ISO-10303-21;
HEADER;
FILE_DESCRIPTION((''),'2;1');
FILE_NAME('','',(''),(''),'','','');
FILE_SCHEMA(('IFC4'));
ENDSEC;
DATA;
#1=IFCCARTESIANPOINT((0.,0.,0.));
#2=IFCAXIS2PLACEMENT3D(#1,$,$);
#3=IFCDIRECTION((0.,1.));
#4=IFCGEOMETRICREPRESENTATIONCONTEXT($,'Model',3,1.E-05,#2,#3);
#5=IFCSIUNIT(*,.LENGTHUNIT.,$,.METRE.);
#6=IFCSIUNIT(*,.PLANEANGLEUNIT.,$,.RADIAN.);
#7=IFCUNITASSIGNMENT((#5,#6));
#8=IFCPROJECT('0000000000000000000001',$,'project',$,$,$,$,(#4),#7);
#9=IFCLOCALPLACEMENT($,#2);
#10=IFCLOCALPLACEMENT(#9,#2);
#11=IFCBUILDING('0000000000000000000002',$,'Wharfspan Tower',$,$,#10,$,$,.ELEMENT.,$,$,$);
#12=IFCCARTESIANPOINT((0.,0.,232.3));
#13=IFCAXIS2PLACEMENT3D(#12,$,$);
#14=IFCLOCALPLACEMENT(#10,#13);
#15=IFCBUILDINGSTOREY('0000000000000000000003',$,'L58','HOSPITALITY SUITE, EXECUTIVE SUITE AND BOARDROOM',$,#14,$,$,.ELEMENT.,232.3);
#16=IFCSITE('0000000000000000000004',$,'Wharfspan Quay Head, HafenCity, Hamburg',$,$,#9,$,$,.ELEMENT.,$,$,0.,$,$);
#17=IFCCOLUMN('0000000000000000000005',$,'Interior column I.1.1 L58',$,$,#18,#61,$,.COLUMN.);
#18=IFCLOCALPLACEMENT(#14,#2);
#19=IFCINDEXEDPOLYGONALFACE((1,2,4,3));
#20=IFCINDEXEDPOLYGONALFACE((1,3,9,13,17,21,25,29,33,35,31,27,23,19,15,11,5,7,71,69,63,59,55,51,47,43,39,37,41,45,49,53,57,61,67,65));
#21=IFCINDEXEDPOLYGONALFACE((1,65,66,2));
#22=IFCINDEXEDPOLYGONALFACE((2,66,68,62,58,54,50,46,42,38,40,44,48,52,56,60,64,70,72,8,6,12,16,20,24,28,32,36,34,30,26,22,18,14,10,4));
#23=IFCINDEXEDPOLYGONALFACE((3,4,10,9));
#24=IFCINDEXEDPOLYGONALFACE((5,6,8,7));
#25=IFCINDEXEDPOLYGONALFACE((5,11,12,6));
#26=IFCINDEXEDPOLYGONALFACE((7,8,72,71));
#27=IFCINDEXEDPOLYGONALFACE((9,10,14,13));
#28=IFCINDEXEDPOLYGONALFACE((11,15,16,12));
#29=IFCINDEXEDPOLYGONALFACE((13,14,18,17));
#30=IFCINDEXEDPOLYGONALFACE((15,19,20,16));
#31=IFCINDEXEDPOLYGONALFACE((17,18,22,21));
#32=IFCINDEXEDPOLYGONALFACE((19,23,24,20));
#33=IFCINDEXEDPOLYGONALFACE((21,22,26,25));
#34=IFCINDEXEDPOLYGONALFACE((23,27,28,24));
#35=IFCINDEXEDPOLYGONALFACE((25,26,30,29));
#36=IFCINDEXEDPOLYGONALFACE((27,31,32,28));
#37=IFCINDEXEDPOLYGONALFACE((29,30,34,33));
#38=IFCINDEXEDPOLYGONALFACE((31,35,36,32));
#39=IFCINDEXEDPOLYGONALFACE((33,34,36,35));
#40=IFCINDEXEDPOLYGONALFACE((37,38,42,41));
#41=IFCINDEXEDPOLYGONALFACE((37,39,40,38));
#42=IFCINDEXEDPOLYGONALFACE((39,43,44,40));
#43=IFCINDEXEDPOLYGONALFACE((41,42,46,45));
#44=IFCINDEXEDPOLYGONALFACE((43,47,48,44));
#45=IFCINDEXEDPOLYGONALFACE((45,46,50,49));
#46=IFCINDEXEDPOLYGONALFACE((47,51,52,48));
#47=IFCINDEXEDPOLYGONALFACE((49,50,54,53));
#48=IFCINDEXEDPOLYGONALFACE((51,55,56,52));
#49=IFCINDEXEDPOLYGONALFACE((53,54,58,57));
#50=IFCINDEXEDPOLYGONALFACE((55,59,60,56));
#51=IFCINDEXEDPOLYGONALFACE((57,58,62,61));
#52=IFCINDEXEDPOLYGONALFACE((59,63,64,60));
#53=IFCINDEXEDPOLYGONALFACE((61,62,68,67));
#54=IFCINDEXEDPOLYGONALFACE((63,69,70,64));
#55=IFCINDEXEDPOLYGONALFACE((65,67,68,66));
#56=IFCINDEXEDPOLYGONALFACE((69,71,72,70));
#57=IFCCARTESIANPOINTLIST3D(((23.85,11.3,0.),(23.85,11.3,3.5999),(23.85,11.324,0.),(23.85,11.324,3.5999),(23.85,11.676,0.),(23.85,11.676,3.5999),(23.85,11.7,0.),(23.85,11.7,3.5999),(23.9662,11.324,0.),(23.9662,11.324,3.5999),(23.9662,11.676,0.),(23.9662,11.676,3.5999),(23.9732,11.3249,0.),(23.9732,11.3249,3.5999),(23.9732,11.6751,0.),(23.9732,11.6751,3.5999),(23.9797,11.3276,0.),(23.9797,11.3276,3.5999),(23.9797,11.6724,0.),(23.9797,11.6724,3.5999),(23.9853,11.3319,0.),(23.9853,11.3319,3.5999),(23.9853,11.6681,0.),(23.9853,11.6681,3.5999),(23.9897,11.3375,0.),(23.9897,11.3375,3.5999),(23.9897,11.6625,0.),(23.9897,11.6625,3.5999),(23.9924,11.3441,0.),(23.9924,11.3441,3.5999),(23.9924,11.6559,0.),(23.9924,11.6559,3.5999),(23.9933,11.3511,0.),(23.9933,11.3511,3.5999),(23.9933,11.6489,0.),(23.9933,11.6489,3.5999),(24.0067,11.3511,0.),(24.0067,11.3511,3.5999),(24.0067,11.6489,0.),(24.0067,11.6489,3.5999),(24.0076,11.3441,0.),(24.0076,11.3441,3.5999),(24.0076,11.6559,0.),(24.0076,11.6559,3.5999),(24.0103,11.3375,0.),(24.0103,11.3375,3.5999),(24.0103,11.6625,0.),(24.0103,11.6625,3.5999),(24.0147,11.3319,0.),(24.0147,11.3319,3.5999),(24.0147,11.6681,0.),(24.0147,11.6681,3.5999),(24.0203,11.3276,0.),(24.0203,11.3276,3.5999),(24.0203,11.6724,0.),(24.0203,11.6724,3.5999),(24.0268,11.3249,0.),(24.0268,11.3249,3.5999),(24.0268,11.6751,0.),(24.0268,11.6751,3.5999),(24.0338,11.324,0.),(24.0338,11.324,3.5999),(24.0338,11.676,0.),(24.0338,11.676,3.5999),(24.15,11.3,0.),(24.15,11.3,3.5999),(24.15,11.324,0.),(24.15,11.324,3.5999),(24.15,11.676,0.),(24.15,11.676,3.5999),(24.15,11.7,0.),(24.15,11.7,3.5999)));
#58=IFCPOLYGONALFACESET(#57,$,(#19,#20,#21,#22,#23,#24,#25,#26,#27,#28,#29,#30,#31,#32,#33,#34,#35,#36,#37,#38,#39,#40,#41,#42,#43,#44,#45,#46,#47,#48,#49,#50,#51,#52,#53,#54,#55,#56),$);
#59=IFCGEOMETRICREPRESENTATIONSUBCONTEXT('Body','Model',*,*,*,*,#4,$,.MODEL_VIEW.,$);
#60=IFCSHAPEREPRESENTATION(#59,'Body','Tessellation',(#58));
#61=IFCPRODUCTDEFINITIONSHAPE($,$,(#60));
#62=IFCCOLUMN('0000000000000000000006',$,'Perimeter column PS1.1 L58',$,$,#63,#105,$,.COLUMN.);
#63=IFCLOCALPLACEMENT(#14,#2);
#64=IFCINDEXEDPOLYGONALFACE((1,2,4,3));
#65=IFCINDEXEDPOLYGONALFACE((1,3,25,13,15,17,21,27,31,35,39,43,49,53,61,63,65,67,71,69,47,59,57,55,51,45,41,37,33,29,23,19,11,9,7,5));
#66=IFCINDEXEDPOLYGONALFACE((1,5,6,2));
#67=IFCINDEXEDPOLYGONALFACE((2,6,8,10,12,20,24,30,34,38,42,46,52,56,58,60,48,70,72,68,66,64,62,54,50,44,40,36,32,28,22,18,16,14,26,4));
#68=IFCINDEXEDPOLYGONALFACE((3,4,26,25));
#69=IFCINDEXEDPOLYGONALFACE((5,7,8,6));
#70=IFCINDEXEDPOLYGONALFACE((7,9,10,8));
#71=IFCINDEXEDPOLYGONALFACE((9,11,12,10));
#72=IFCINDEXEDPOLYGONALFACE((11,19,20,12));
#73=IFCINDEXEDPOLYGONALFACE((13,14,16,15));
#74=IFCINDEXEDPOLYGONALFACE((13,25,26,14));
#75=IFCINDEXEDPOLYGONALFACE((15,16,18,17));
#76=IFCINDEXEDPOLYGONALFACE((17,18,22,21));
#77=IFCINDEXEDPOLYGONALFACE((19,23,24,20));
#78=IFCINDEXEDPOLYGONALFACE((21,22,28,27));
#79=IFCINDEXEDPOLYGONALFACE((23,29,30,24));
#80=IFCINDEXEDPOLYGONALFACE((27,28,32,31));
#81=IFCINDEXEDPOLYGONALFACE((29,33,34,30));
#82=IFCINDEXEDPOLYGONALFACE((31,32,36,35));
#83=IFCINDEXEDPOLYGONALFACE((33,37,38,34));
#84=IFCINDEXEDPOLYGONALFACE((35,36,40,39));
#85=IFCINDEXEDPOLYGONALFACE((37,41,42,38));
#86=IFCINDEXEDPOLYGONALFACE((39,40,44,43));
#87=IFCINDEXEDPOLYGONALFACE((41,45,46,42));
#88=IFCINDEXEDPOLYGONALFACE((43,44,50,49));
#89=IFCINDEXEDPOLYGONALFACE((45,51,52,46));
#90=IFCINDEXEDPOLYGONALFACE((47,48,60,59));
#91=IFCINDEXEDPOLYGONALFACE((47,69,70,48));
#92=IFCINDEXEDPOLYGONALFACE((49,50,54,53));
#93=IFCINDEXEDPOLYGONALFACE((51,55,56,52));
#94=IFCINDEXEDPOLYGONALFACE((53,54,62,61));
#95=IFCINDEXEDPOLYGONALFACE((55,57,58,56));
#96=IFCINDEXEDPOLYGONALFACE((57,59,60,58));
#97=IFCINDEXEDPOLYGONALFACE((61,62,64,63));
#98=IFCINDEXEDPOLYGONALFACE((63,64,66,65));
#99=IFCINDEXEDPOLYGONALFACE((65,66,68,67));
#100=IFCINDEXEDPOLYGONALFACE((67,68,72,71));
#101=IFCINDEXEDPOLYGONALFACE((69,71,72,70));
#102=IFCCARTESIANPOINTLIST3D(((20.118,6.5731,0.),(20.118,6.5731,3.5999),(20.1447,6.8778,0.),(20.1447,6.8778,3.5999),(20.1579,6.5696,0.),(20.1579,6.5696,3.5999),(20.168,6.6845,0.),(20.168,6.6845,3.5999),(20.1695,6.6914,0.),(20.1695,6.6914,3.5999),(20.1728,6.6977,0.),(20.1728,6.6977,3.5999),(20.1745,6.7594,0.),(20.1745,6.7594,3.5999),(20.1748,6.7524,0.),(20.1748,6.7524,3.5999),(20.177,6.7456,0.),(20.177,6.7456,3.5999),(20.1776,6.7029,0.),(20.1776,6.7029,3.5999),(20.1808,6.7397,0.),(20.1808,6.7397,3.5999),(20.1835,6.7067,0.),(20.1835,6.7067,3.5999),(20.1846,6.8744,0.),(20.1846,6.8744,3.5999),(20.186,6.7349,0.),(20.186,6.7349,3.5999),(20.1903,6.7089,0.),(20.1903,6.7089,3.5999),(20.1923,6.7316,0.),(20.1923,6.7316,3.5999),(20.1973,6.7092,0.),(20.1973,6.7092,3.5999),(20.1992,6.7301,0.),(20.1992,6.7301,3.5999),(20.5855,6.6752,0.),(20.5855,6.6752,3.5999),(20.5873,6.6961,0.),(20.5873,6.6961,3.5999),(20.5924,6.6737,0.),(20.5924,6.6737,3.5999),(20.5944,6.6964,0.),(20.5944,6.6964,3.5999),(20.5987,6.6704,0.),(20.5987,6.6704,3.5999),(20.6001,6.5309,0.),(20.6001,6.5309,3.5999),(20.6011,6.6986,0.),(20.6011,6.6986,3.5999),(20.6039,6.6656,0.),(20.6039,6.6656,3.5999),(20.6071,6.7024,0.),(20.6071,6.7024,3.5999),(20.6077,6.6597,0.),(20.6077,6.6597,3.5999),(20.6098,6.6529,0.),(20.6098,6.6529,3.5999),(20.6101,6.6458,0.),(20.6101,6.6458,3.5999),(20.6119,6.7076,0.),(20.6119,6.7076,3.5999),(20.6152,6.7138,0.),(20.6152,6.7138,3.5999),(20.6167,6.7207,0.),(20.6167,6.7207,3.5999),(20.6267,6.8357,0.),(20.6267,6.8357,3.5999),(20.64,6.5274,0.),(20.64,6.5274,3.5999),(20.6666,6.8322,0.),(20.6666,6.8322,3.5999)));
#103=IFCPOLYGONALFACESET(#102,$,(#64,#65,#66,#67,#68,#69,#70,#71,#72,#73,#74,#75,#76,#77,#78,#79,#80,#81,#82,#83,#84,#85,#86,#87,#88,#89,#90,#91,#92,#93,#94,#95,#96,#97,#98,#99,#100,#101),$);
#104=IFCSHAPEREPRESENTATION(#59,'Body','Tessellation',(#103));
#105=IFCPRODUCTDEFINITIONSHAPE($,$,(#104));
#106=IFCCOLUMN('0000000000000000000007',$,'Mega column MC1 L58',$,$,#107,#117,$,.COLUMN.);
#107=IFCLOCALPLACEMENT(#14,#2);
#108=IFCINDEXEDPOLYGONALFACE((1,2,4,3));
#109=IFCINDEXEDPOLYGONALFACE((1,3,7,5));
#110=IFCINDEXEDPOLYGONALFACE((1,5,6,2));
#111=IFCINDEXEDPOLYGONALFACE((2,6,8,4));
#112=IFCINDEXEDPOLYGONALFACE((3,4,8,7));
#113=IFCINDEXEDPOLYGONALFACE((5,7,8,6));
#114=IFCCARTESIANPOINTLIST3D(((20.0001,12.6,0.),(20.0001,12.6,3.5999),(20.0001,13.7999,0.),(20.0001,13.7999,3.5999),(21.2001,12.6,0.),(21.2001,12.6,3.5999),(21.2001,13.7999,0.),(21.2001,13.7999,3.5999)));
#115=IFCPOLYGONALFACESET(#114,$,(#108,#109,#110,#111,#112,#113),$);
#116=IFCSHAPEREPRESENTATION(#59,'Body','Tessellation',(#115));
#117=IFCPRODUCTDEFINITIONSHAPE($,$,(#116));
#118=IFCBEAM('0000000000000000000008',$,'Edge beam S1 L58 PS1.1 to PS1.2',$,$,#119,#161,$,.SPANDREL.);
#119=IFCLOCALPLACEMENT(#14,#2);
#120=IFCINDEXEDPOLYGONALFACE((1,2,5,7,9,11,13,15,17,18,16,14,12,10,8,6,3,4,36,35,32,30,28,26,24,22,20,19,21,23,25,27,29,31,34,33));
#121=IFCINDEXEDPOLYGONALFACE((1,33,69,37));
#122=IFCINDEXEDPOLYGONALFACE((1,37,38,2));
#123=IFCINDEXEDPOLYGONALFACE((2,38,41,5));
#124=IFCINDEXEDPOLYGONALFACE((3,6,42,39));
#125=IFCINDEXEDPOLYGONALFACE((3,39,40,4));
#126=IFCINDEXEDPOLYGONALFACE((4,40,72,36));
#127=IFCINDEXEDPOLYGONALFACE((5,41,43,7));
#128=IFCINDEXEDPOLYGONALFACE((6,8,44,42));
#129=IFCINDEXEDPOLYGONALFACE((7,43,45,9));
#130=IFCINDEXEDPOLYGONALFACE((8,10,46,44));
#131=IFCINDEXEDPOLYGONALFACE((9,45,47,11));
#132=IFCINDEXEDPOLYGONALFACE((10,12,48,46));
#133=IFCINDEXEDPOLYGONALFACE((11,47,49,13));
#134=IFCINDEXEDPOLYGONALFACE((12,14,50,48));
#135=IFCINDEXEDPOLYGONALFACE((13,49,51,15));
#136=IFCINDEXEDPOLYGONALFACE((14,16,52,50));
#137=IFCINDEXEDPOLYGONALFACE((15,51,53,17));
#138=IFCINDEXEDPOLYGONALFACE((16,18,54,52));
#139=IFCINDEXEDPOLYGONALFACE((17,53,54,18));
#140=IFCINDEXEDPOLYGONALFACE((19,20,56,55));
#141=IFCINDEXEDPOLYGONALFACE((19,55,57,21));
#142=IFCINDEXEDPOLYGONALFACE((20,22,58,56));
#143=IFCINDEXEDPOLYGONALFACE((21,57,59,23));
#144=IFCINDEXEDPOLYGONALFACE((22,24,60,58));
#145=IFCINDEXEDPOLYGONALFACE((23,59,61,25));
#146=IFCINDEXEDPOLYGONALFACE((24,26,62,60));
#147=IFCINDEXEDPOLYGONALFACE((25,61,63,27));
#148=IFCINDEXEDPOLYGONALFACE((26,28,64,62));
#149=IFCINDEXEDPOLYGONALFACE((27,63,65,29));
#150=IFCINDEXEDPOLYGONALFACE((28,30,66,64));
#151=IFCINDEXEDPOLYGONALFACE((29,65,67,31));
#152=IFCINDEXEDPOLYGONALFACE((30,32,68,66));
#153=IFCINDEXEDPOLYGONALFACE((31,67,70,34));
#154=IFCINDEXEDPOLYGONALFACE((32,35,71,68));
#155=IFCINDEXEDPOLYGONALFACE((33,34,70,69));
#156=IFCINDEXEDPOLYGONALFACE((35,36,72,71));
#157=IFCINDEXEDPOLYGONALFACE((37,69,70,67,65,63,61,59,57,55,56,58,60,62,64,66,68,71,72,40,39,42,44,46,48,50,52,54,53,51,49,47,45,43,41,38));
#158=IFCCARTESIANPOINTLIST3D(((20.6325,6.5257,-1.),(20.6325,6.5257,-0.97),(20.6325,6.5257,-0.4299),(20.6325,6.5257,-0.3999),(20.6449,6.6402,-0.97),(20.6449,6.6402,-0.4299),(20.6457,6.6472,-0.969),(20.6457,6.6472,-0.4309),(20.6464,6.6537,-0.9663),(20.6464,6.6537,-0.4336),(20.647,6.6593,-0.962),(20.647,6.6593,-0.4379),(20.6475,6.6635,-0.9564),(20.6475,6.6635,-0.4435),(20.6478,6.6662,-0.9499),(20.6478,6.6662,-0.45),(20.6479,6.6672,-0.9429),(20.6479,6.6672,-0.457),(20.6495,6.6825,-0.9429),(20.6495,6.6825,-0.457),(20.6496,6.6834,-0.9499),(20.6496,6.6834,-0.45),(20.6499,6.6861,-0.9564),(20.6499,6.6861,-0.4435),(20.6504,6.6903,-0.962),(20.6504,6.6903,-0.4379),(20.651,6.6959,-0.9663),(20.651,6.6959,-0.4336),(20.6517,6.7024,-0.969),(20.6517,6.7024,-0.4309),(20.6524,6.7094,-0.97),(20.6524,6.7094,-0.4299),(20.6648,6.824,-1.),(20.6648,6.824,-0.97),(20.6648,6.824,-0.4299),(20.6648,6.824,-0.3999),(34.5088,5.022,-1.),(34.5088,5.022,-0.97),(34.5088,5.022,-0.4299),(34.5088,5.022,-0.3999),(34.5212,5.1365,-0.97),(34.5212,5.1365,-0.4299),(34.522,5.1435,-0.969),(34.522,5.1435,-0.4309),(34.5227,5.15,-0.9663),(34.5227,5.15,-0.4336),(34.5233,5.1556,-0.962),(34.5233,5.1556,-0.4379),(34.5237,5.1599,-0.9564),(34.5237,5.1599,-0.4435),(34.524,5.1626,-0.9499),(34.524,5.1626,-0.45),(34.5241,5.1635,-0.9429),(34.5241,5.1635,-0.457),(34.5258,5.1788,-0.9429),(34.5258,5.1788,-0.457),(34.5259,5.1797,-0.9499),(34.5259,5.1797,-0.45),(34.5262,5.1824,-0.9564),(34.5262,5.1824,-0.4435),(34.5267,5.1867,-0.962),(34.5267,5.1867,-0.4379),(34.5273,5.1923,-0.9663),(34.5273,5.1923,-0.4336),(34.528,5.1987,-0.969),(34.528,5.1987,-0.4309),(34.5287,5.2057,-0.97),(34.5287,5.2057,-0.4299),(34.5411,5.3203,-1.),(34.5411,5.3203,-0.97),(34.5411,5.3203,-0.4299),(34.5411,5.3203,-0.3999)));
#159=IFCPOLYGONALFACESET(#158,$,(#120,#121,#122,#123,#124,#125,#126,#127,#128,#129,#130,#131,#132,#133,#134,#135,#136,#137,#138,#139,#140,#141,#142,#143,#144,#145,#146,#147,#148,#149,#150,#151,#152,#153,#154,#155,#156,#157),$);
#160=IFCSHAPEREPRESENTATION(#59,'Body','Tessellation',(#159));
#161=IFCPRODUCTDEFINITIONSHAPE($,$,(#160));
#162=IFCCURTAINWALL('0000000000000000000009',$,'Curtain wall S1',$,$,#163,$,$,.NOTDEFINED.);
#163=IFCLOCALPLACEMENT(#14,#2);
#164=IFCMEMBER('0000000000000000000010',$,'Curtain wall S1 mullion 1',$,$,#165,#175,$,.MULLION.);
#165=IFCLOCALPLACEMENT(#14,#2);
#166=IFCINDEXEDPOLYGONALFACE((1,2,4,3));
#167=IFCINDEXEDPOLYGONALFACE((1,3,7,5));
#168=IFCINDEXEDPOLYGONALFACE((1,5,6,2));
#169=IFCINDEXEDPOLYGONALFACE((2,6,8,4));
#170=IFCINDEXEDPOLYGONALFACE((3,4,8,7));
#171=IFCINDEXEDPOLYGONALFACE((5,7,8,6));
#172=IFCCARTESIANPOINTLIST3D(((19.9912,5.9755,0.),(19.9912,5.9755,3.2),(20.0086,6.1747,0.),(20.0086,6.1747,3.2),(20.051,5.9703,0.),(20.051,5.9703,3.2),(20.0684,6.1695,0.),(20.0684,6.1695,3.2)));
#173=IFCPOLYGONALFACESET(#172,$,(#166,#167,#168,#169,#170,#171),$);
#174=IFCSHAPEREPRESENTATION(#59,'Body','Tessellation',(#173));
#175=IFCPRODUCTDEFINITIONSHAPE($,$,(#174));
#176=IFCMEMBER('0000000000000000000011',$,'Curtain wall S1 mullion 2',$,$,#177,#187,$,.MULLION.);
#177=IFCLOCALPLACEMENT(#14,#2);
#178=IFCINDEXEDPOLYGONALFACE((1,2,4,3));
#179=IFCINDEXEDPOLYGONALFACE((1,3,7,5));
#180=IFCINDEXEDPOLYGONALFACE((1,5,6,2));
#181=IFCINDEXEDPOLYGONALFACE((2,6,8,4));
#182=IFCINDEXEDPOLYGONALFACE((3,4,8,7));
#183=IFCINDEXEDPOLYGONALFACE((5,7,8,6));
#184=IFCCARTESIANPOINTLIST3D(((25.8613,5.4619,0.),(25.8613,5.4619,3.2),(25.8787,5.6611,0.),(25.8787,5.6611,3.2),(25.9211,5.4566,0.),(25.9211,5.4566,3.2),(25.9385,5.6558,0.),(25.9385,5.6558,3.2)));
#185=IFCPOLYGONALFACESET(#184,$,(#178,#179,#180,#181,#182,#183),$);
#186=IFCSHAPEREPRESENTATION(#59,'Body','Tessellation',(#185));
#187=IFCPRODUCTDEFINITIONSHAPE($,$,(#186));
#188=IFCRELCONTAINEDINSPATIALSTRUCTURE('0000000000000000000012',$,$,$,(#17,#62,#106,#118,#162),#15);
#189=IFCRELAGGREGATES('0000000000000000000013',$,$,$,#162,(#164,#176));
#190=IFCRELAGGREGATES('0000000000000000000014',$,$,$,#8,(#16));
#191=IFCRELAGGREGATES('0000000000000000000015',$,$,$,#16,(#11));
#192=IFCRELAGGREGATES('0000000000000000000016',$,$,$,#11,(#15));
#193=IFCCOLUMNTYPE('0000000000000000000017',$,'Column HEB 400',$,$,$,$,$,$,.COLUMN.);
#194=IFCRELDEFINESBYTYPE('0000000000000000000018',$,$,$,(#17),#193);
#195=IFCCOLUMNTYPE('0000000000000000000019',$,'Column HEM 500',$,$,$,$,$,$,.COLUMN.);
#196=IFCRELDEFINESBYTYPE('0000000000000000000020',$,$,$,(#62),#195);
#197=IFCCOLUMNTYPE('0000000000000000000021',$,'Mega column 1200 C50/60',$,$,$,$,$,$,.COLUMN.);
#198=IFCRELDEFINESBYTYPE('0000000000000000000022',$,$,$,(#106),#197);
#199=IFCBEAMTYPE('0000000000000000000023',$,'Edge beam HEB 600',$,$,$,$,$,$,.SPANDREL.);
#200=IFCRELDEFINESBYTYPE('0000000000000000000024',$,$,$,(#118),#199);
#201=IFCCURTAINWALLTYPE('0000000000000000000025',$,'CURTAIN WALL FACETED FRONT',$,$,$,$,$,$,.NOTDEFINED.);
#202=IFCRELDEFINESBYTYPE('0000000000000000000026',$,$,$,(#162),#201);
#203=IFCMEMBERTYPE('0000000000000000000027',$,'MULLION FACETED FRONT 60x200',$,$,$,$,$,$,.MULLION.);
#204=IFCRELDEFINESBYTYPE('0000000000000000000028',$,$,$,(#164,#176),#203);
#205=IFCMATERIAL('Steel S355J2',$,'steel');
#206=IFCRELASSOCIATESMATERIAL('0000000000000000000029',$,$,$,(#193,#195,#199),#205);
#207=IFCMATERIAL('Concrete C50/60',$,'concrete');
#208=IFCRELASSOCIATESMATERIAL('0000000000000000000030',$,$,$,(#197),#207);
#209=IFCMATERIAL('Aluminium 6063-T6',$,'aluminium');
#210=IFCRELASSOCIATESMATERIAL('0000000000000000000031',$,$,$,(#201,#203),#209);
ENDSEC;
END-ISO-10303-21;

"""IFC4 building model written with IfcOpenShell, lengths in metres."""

from ifc_helpers import new_model, si_unit, direction, frame, origin, origin_2d, place, context, subcontext, project, spatial, rectangle, i_section, extrude, material, material_profile, profile_set, type_object, element, aggregate, save


model = new_model("IFC4")

# Units and contexts
model_context = context("Model", 3, precision=1e-05, world=origin(), true_north=direction((0.0, 1.0)))
body_context = subcontext(model_context, "Body", "Model", "MODEL_VIEW")
ifc_project = project(units=[si_unit("LENGTHUNIT", "METRE"), si_unit("PLANEANGLEUNIT", "RADIAN")], contexts=[model_context])

# Site, building, storey
site_placement = place(None, origin())
site = spatial("IfcSite", under=ifc_project, at=site_placement, Name="Wharfspan Quay Head, HafenCity, Hamburg", CompositionType="ELEMENT", RefElevation=0.0)
building_placement = place(site_placement, origin())
building = spatial("IfcBuilding", under=site, at=building_placement, Name="Wharfspan Tower", CompositionType="ELEMENT")
storey_placement = place(building_placement, frame((0.0, 0.0, 232.3)))
storey = spatial("IfcBuildingStorey", under=building, at=storey_placement, Name="L58", Description="HOSPITALITY SUITE, EXECUTIVE SUITE AND BOARDROOM", CompositionType="ELEMENT", Elevation=232.3)

# Columns
ifc_material_1 = material(Name="Steel S355J2", Category="steel")
ifc_material_profile_1 = material_profile(ifc_material_1, i_section(OverallWidth=0.3, OverallDepth=0.3999, WebThickness=0.0134, FlangeThickness=0.0239, FilletRadius=0.0271, at=origin_2d()))
ifc_profile_set_1 = profile_set([ifc_material_profile_1], Name="Steel S355J2")
column_type_1 = type_object("IfcColumnType", Name="Column HEB 400", PredefinedType="COLUMN", material=ifc_profile_set_1)
column_1_placement = place(storey_placement, frame((24.0, 11.5, 0.0), z_axis=(0.0, 0.0, 1.0), x_axis=(1.0, 0.0, 0.0)))
element("IfcColumn", 1, at=column_1_placement, inside=storey, type_object=column_type_1, Name="Interior column I.1.1 L58", PredefinedType="COLUMN", context=body_context, shape_type="SweptSolid", body=[
    extrude(i_section(OverallWidth=0.3, OverallDepth=0.3999, WebThickness=0.0134, FlangeThickness=0.0239, FilletRadius=0.0271, at=origin_2d()), origin(), (0.0, 0.0, 1.0), 3.5999),
])
ifc_material_profile_2 = material_profile(ifc_material_1, i_section(OverallWidth=0.3059, OverallDepth=0.5239, WebThickness=0.021, FlangeThickness=0.04, FilletRadius=0.0271, at=origin_2d()))
ifc_profile_set_2 = profile_set([ifc_material_profile_2], Name="Steel S355J2")
column_type_2 = type_object("IfcColumnType", Name="Column HEM 500", PredefinedType="COLUMN", material=ifc_profile_set_2)
column_2_placement = place(storey_placement, frame((20.3923, 6.7026, 0.0), z_axis=(0.0, 0.0, 1.0), x_axis=(-0.087156, -0.996197, 0.0)))
element("IfcColumn", 2, at=column_2_placement, inside=storey, type_object=column_type_2, Name="Perimeter column PS1.1 L58", PredefinedType="COLUMN", context=body_context, shape_type="SweptSolid", body=[
    extrude(i_section(OverallWidth=0.3059, OverallDepth=0.5239, WebThickness=0.021, FlangeThickness=0.04, FilletRadius=0.0271, at=origin_2d()), origin(), (0.0, 0.0, 1.0), 3.5999),
])
ifc_material_2 = material(Name="Concrete C50/60", Category="concrete")
ifc_material_profile_3 = material_profile(ifc_material_2, rectangle(XDim=1.2, YDim=1.2, at=origin_2d()))
ifc_profile_set_3 = profile_set([ifc_material_profile_3], Name="Concrete C50/60")
column_type_3 = type_object("IfcColumnType", Name="Mega column 1200 C50/60", PredefinedType="COLUMN", material=ifc_profile_set_3)
column_3_placement = place(storey_placement, frame((20.6001, 13.2, 0.0), z_axis=(0.0, 0.0, 1.0), x_axis=(1.0, 0.0, 0.0)))
element("IfcColumn", 3, at=column_3_placement, inside=storey, type_object=column_type_3, Name="Mega column MC1 L58", PredefinedType="COLUMN", context=body_context, shape_type="SweptSolid", body=[
    extrude(rectangle(XDim=1.2, YDim=1.2, at=origin_2d()), origin(), (0.0, 0.0, 1.0), 3.5999),
])

# Beam
ifc_material_profile_4 = material_profile(ifc_material_1, i_section(OverallWidth=0.3, OverallDepth=0.6001, WebThickness=0.0154, FlangeThickness=0.03, FilletRadius=0.0271, at=origin_2d()))
ifc_profile_set_4 = profile_set([ifc_material_profile_4], Name="Steel S355J2")
beam_type = type_object("IfcBeamType", Name="Edge beam HEB 600", PredefinedType="SPANDREL", material=ifc_profile_set_4)
beam_placement = place(storey_placement, frame((20.6487, 6.6748, -0.7), z_axis=(0.99418, -0.107732, 0.0), x_axis=(0.107732, 0.99418, 0.0)))
element("IfcBeam", 4, at=beam_placement, inside=storey, type_object=beam_type, Name="Edge beam S1 L58 PS1.1 to PS1.2", PredefinedType="SPANDREL", context=body_context, shape_type="SweptSolid", body=[
    extrude(i_section(OverallWidth=0.3, OverallDepth=0.6001, WebThickness=0.0154, FlangeThickness=0.03, FilletRadius=0.0271, at=origin_2d()), origin(), (0.0, 0.0, 1.0), 13.9575),
])

# Curtain wall, members
ifc_material_3 = material(Name="Aluminium 6063-T6", Category="aluminium")
curtain_wall_type_1 = type_object("IfcCurtainWallType", Name="CURTAIN WALL FACETED FRONT", PredefinedType="NOTDEFINED", material=ifc_material_3)
curtain_wall_1_placement = place(storey_placement, origin())
curtain_wall_1 = element("IfcCurtainWall", 5, at=curtain_wall_1_placement, inside=storey, type_object=curtain_wall_type_1, Name="Curtain wall S1", PredefinedType="NOTDEFINED")
ifc_material_profile_5 = material_profile(ifc_material_3, rectangle(XDim=0.2, YDim=0.0601, at=origin_2d()))
ifc_profile_set_5 = profile_set([ifc_material_profile_5], Name="Aluminium 6063-T6")
member_type_1 = type_object("IfcMemberType", Name="MULLION FACETED FRONT 60x200", PredefinedType="MULLION", material=ifc_profile_set_5)
member_1_placement = place(storey_placement, frame((20.0298, 6.0725, 0.0), z_axis=(0.0, 0.0, 1.0), x_axis=(0.087156, 0.996197, 0.0)))
member_1 = element("IfcMember", 6, at=member_1_placement, type_object=member_type_1, Name="Curtain wall S1 mullion 1", PredefinedType="MULLION", context=body_context, shape_type="SweptSolid", body=[
    extrude(rectangle(XDim=0.2, YDim=0.0601, at=origin_2d()), origin(), (0.0, 0.0, 1.0), 3.2),
])
member_2_placement = place(storey_placement, frame((25.8999, 5.5588, 0.0), z_axis=(0.0, 0.0, 1.0), x_axis=(0.087156, 0.996197, 0.0)))
member_2 = element("IfcMember", 7, at=member_2_placement, type_object=member_type_1, Name="Curtain wall S1 mullion 2", PredefinedType="MULLION", context=body_context, shape_type="SweptSolid", body=[
    extrude(rectangle(XDim=0.2, YDim=0.0601, at=origin_2d()), origin(), (0.0, 0.0, 1.0), 3.2),
])

aggregate(curtain_wall_1, [member_1, member_2])

save(model, "model.ifc")
